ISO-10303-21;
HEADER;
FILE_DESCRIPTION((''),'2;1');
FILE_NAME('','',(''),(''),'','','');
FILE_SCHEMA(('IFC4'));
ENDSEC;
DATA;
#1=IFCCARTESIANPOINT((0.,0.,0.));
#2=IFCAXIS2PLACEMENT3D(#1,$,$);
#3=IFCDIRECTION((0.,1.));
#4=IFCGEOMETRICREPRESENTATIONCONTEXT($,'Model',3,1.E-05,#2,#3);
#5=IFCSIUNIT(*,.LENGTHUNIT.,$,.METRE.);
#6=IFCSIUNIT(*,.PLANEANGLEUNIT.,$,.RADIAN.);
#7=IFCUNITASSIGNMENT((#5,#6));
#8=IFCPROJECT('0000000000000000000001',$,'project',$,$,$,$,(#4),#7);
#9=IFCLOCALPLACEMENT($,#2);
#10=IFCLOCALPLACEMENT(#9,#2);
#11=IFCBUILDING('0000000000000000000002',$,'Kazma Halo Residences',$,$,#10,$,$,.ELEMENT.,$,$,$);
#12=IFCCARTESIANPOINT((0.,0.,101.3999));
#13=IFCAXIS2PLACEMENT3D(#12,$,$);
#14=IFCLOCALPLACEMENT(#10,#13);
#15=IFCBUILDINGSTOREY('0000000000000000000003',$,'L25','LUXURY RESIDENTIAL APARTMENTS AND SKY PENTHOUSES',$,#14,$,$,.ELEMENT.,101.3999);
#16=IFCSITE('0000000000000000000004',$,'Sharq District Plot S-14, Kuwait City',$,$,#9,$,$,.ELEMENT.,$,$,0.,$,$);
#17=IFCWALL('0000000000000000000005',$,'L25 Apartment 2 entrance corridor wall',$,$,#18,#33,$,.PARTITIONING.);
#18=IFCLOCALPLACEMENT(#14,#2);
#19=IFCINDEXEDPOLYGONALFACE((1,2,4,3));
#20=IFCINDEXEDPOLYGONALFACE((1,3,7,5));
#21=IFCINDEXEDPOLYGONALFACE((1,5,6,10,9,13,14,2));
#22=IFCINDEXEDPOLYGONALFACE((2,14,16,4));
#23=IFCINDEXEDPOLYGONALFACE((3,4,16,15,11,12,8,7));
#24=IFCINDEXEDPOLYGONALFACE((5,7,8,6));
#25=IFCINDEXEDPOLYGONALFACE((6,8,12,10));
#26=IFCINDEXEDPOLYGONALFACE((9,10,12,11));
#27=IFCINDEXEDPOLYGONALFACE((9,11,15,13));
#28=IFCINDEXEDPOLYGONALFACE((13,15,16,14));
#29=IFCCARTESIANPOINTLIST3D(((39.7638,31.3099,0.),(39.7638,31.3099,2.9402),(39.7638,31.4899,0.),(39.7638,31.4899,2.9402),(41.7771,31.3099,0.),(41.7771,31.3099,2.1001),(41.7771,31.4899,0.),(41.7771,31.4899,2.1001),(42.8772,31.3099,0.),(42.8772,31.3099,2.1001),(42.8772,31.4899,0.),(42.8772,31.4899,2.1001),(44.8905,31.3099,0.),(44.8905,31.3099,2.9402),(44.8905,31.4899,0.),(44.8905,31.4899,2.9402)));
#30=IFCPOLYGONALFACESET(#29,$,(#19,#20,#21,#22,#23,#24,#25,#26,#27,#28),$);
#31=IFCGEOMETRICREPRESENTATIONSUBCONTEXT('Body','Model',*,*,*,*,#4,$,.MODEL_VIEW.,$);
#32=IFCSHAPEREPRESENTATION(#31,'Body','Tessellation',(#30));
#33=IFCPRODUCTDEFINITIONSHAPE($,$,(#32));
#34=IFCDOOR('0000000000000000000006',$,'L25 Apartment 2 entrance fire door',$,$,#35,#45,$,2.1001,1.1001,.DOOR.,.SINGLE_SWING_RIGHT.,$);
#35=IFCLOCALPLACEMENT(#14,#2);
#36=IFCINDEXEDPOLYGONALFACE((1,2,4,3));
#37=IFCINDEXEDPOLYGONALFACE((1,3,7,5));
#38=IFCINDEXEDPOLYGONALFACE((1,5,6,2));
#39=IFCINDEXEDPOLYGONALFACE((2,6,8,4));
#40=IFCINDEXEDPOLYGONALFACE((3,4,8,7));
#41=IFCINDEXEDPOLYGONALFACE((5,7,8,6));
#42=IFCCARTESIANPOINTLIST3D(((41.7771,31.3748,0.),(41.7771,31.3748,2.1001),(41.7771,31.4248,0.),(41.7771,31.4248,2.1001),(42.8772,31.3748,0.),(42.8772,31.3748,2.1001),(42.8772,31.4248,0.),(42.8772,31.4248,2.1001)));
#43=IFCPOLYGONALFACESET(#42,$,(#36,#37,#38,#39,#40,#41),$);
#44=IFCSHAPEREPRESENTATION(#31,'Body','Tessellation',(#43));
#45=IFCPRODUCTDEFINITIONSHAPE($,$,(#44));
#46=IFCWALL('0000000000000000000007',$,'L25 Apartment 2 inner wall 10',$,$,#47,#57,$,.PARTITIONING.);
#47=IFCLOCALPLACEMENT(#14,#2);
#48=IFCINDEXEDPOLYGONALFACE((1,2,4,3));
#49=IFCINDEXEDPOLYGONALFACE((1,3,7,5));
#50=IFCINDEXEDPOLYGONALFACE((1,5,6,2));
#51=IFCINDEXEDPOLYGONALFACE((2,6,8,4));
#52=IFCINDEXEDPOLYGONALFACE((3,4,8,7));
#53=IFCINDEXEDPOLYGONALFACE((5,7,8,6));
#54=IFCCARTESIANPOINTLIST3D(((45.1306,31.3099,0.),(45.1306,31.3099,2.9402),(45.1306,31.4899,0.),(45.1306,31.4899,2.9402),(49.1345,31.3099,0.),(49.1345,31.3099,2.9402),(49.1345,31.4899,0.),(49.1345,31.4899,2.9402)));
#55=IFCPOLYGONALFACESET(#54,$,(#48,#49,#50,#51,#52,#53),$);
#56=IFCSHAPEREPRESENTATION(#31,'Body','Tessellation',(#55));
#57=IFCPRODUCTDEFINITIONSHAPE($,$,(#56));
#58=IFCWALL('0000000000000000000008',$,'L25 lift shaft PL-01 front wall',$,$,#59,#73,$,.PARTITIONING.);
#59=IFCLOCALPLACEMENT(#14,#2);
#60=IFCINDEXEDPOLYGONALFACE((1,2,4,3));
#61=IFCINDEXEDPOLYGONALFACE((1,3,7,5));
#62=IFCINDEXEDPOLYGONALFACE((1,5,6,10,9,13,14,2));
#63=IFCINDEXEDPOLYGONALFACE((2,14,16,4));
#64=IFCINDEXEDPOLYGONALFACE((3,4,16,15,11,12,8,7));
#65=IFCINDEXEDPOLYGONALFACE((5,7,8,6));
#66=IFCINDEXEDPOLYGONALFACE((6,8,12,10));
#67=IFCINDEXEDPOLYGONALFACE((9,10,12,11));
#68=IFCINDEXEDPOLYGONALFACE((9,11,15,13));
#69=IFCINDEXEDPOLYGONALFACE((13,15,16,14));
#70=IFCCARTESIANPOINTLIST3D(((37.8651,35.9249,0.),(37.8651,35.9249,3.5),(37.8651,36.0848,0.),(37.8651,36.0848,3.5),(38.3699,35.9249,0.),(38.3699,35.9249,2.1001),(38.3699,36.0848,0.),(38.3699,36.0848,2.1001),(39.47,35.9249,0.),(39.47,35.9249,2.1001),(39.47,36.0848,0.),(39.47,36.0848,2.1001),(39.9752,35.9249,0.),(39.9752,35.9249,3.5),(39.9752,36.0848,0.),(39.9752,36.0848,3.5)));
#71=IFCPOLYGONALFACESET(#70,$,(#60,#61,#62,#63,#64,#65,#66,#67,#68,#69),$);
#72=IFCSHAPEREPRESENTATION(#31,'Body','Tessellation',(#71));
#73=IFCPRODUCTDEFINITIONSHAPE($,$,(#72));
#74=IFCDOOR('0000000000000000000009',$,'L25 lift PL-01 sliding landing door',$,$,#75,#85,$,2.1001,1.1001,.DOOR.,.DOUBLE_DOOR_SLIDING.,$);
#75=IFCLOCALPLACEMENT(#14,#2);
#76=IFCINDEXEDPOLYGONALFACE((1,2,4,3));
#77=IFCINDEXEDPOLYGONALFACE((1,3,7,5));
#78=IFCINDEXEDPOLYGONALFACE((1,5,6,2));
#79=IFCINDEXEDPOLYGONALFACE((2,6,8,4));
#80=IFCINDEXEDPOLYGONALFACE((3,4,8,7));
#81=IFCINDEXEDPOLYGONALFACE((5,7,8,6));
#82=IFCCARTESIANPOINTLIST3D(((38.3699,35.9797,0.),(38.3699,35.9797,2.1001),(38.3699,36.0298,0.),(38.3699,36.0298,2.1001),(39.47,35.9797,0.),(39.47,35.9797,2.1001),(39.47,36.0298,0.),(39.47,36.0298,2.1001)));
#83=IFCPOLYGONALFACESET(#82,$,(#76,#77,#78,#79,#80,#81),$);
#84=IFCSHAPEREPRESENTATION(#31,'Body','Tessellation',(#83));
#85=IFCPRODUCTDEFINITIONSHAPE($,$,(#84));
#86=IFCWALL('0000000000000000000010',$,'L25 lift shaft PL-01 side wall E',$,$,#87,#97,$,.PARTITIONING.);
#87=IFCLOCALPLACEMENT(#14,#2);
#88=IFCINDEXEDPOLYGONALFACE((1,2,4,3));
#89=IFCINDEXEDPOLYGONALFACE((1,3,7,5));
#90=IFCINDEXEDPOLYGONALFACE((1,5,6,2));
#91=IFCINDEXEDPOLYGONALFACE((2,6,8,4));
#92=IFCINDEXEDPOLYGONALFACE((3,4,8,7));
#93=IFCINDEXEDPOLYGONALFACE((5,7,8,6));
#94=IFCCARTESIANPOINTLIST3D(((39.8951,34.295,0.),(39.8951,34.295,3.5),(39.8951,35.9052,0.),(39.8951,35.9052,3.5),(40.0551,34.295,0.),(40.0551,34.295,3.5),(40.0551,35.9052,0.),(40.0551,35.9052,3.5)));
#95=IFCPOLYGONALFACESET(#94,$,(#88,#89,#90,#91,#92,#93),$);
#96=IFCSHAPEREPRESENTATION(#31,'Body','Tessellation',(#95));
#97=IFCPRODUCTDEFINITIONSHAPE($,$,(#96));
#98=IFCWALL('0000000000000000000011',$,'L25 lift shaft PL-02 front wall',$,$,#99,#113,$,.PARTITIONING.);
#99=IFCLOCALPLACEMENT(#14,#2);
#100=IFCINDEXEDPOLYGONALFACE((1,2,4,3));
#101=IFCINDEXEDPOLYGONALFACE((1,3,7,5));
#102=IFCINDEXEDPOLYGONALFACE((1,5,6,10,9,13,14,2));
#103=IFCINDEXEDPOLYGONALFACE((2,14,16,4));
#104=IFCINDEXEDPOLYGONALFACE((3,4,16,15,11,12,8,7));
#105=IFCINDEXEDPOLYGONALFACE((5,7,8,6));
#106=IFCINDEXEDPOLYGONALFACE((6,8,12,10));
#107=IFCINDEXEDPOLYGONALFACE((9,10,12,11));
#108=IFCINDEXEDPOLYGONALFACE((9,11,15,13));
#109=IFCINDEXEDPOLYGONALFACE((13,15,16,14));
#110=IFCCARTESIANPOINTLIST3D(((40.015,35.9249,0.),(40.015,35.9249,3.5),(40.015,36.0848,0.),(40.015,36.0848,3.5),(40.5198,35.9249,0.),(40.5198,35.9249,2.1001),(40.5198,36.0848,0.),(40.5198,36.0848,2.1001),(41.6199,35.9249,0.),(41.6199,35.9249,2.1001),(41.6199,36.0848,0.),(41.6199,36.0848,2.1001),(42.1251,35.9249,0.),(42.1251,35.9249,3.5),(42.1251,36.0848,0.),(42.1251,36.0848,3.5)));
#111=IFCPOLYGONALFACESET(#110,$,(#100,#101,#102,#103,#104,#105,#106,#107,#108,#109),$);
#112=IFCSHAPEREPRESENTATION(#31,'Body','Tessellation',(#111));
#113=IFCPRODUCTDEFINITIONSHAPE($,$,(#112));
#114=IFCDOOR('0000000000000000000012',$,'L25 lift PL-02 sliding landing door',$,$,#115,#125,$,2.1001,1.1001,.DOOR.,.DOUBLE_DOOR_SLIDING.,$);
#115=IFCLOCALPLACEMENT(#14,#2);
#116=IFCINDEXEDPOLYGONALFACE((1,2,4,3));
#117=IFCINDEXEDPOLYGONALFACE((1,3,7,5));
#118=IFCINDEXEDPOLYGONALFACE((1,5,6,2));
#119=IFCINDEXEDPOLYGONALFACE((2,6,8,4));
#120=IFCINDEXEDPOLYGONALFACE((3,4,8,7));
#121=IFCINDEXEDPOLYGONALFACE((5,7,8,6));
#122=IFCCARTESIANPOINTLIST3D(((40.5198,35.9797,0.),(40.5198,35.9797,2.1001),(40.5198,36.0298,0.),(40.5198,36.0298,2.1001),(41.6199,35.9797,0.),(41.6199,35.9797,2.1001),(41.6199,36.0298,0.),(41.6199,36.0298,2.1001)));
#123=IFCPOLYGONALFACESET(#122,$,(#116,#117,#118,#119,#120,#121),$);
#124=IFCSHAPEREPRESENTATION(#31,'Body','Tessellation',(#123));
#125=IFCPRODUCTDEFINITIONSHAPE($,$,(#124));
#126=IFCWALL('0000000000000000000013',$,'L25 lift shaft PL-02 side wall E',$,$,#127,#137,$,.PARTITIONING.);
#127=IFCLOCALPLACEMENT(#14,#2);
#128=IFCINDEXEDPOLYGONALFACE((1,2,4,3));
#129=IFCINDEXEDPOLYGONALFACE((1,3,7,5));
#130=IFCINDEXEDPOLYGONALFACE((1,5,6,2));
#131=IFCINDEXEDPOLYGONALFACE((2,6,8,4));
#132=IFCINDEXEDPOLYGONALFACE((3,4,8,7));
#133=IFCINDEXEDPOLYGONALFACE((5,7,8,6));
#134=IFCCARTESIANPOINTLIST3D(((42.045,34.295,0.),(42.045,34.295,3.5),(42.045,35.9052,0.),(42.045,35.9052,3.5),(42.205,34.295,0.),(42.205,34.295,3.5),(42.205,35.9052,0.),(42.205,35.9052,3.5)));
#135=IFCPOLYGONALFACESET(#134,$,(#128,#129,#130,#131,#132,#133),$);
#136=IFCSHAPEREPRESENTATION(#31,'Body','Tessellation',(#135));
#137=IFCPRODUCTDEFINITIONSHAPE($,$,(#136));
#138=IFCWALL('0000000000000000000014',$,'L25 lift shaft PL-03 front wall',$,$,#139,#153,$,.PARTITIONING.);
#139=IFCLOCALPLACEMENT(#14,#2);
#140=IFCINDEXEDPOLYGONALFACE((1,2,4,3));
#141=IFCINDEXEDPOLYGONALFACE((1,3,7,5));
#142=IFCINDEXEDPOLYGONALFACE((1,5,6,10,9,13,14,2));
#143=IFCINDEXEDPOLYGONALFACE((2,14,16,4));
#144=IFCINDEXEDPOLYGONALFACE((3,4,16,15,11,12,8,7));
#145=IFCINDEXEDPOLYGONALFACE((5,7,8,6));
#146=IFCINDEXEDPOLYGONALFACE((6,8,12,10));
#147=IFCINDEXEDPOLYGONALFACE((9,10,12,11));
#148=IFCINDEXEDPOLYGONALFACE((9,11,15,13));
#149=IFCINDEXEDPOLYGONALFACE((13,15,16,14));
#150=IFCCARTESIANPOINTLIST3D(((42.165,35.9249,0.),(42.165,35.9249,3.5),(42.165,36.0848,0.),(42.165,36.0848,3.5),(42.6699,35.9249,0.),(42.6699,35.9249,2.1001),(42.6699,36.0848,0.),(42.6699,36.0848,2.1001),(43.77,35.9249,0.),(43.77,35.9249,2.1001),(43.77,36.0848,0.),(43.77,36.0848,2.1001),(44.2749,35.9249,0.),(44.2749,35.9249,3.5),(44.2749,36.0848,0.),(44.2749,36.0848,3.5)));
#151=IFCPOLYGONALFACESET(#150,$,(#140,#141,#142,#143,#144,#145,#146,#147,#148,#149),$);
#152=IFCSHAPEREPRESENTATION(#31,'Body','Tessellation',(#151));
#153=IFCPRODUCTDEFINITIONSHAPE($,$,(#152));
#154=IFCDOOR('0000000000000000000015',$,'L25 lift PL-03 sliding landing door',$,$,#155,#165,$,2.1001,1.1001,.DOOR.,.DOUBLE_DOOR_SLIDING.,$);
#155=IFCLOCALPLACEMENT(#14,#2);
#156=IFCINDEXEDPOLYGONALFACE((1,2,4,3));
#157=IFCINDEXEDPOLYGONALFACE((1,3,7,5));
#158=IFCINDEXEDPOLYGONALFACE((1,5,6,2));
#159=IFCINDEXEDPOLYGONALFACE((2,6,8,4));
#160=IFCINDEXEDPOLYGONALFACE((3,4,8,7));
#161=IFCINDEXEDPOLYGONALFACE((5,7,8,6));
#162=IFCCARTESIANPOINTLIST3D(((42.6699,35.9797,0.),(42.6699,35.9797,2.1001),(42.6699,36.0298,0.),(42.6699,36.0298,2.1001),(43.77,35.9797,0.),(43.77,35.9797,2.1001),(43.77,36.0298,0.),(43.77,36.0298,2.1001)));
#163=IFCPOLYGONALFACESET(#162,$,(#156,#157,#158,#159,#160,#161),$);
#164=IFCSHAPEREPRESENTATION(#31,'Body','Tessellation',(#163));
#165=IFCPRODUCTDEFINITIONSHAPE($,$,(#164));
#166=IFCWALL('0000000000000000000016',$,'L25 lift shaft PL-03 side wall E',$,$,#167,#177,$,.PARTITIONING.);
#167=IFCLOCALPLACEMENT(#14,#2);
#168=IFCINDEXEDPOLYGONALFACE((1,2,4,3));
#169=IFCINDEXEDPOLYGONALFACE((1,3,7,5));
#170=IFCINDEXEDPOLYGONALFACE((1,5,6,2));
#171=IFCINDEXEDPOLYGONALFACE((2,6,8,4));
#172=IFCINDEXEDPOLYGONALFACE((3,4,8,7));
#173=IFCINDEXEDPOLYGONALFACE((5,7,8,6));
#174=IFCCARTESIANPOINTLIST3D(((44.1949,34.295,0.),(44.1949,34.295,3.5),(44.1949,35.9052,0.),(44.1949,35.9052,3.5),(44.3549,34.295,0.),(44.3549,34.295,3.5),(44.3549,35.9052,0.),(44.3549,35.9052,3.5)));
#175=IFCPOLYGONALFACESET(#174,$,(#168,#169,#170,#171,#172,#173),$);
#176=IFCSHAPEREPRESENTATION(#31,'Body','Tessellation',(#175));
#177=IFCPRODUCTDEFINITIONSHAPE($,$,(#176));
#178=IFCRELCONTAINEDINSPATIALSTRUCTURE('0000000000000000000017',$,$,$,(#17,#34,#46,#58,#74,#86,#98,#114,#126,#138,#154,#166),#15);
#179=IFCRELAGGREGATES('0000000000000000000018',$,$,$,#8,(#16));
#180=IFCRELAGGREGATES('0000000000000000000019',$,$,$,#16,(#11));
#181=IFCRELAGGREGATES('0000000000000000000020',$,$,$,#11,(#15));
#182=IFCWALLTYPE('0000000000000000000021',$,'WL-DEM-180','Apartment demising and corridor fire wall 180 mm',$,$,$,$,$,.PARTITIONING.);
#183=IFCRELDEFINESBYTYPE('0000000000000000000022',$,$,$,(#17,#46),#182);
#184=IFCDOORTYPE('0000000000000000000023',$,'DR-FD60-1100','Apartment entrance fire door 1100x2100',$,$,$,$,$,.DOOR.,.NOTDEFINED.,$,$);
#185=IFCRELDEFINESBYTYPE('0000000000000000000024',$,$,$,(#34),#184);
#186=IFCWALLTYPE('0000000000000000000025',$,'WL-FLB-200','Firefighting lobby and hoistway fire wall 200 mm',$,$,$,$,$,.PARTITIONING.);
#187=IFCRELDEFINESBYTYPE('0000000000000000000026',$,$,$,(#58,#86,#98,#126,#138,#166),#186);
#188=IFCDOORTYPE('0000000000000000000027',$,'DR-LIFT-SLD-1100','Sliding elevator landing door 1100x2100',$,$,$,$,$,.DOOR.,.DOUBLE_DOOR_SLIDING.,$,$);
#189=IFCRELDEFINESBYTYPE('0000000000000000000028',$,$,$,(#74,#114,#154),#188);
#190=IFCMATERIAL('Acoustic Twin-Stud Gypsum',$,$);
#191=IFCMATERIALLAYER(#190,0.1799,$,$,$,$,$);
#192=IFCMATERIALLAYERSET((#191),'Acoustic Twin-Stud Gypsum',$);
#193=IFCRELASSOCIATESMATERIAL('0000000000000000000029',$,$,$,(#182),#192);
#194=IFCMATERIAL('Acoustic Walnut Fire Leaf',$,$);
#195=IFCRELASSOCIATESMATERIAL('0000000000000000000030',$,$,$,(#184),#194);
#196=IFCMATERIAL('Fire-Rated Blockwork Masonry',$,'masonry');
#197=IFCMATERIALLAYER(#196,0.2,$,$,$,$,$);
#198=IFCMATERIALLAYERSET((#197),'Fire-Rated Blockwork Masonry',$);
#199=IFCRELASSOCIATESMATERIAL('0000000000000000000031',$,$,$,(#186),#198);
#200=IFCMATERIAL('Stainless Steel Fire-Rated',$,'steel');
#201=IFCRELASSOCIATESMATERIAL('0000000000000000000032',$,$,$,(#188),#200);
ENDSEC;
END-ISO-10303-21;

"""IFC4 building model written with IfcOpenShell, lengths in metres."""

from ifc_helpers import new_model, si_unit, direction, frame, frame_2d, origin, place, context, subcontext, project, spatial, rectangle, extrude, material, layer, layer_set, type_object, element, fill, save


model = new_model("IFC4")

# Units and contexts
model_context = context("Model", 3, precision=1e-05, world=origin(), true_north=direction((0.0, 1.0)))
body_context = subcontext(model_context, "Body", "Model", "MODEL_VIEW")
ifc_project = project(units=[si_unit("LENGTHUNIT", "METRE"), si_unit("PLANEANGLEUNIT", "RADIAN")], contexts=[model_context])

# Site, building, storey
site_placement = place(None, origin())
site = spatial("IfcSite", under=ifc_project, at=site_placement, Name="Sharq District Plot S-14, Kuwait City", CompositionType="ELEMENT", RefElevation=0.0)
building_placement = place(site_placement, origin())
building = spatial("IfcBuilding", under=site, at=building_placement, Name="Kazma Halo Residences", CompositionType="ELEMENT")
storey_placement = place(building_placement, frame((0.0, 0.0, 101.3999)))
storey = spatial("IfcBuildingStorey", under=building, at=storey_placement, Name="L25", Description="LUXURY RESIDENTIAL APARTMENTS AND SKY PENTHOUSES", CompositionType="ELEMENT", Elevation=101.3999)

# Shared definitions
ifc_material_1 = material(Name="Acoustic Twin-Stud Gypsum")
ifc_layer_1 = layer(ifc_material_1, 0.1799)
ifc_layer_set_1 = layer_set([ifc_layer_1], Name="Acoustic Twin-Stud Gypsum")
wall_type_1 = type_object("IfcWallType", Name="WL-DEM-180", Description="Apartment demising and corridor fire wall 180 mm", PredefinedType="PARTITIONING", material=ifc_layer_set_1)

# Wall, opening, door
wall_1_placement = place(storey_placement, frame((39.7637, 31.3999, 0.0), z_axis=(0.0, 0.0, 1.0), x_axis=(1.0, 0.0, 0.0)))
wall_1 = element("IfcWall", 1, at=wall_1_placement, inside=storey, type_object=wall_type_1, Name="L25 Apartment 2 entrance corridor wall", PredefinedType="PARTITIONING", context=body_context, shape_type="SweptSolid", body=[
    extrude(rectangle(XDim=5.1267, YDim=0.1799, at=frame_2d((2.5635, 0.0))), origin(), (0.0, 0.0, 1.0), 2.9402),
])
opening_1_placement = place(wall_1_placement, frame((2.0134, 0.0, 0.0)))
opening_1 = element("IfcOpeningElement", 2, at=opening_1_placement, cuts=wall_1, PredefinedType="OPENING", context=body_context, shape_type="SweptSolid", body=[
    extrude(rectangle(XDim=1.1001, YDim=2.1001, at=frame_2d((0.55, 1.05))), frame((0.0, 0.0999, 0.0), z_axis=(0.0, -1.0, 0.0), x_axis=(1.0, 0.0, 0.0)), (0.0, 0.0, 1.0), 0.2),
])
ifc_material_2 = material(Name="Acoustic Walnut Fire Leaf")
door_type_1 = type_object("IfcDoorType", Name="DR-FD60-1100", Description="Apartment entrance fire door 1100x2100", OperationType="NOTDEFINED", PredefinedType="DOOR", material=ifc_material_2)
door_1_placement = place(opening_1_placement, origin())
door_1 = element("IfcDoor", 3, at=door_1_placement, inside=storey, type_object=door_type_1, Name="L25 Apartment 2 entrance fire door", OperationType="SINGLE_SWING_RIGHT", OverallHeight=2.1001, OverallWidth=1.1001, PredefinedType="DOOR", context=body_context, shape_type="SweptSolid", body=[
    extrude(rectangle(XDim=1.1001, YDim=2.1001, at=frame_2d((0.55, 1.05))), frame((0.0, 0.0249, 0.0), z_axis=(0.0, -1.0, 0.0), x_axis=(1.0, 0.0, 0.0)), (0.0, 0.0, 1.0), 0.05),
])
fill(opening_1, door_1)

# Wall
wall_2_placement = place(storey_placement, frame((45.1306, 31.3999, 0.0), z_axis=(0.0, 0.0, 1.0), x_axis=(1.0, 0.0, 0.0)))
element("IfcWall", 4, at=wall_2_placement, inside=storey, type_object=wall_type_1, Name="L25 Apartment 2 inner wall 10", PredefinedType="PARTITIONING", context=body_context, shape_type="SweptSolid", body=[
    extrude(rectangle(XDim=4.0039, YDim=0.1799, at=frame_2d((2.002, 0.0))), origin(), (0.0, 0.0, 1.0), 2.9402),
])

# Wall, opening, door
ifc_material_3 = material(Name="Fire-Rated Blockwork Masonry", Category="masonry")
ifc_layer_2 = layer(ifc_material_3, 0.2)
ifc_layer_set_2 = layer_set([ifc_layer_2], Name="Fire-Rated Blockwork Masonry")
wall_type_2 = type_object("IfcWallType", Name="WL-FLB-200", Description="Firefighting lobby and hoistway fire wall 200 mm", PredefinedType="PARTITIONING", material=ifc_layer_set_2)
wall_3_placement = place(storey_placement, frame((37.865, 36.0049, 0.0), z_axis=(0.0, 0.0, 1.0), x_axis=(1.0, 0.0, 0.0)))
wall_3 = element("IfcWall", 5, at=wall_3_placement, inside=storey, type_object=wall_type_2, Name="L25 lift shaft PL-01 front wall", PredefinedType="PARTITIONING", context=body_context, shape_type="SweptSolid", body=[
    extrude(rectangle(XDim=2.1101, YDim=0.1599, at=frame_2d((1.0552, 0.0))), origin(), (0.0, 0.0, 1.0), 3.5),
])
opening_2_placement = place(wall_3_placement, frame((0.5049, 0.0, 0.0)))
opening_2 = element("IfcOpeningElement", 6, at=opening_2_placement, cuts=wall_3, PredefinedType="OPENING", context=body_context, shape_type="SweptSolid", body=[
    extrude(rectangle(XDim=1.1001, YDim=2.1001, at=frame_2d((0.55, 1.05))), frame((0.0, 0.0898, 0.0), z_axis=(0.0, -1.0, 0.0), x_axis=(1.0, 0.0, 0.0)), (0.0, 0.0, 1.0), 0.1799),
])
ifc_material_4 = material(Name="Stainless Steel Fire-Rated", Category="steel")
door_type_2 = type_object("IfcDoorType", Name="DR-LIFT-SLD-1100", Description="Sliding elevator landing door 1100x2100", OperationType="DOUBLE_DOOR_SLIDING", PredefinedType="DOOR", material=ifc_material_4)
door_2_placement = place(opening_2_placement, origin())
door_2 = element("IfcDoor", 7, at=door_2_placement, inside=storey, type_object=door_type_2, Name="L25 lift PL-01 sliding landing door", OperationType="DOUBLE_DOOR_SLIDING", OverallHeight=2.1001, OverallWidth=1.1001, PredefinedType="DOOR", context=body_context, shape_type="SweptSolid", body=[
    extrude(rectangle(XDim=1.1001, YDim=2.1001, at=frame_2d((0.55, 1.05))), frame((0.0, 0.0249, 0.0), z_axis=(0.0, -1.0, 0.0), x_axis=(1.0, 0.0, 0.0)), (0.0, 0.0, 1.0), 0.05),
])
fill(opening_2, door_2)

# Wall
wall_4_placement = place(storey_placement, frame((39.9751, 34.2949, 0.0), z_axis=(0.0, 0.0, 1.0), x_axis=(0.0, 1.0, 0.0)))
element("IfcWall", 8, at=wall_4_placement, inside=storey, type_object=wall_type_2, Name="L25 lift shaft PL-01 side wall E", PredefinedType="PARTITIONING", context=body_context, shape_type="SweptSolid", body=[
    extrude(rectangle(XDim=1.6101, YDim=0.1599, at=frame_2d((0.8052, 0.0))), origin(), (0.0, 0.0, 1.0), 3.5),
])

# Wall, opening, door
wall_5_placement = place(storey_placement, frame((40.0149, 36.0049, 0.0), z_axis=(0.0, 0.0, 1.0), x_axis=(1.0, 0.0, 0.0)))
wall_5 = element("IfcWall", 9, at=wall_5_placement, inside=storey, type_object=wall_type_2, Name="L25 lift shaft PL-02 front wall", PredefinedType="PARTITIONING", context=body_context, shape_type="SweptSolid", body=[
    extrude(rectangle(XDim=2.1101, YDim=0.1599, at=frame_2d((1.0552, 0.0))), origin(), (0.0, 0.0, 1.0), 3.5),
])
opening_3_placement = place(wall_5_placement, frame((0.5049, 0.0, 0.0)))
opening_3 = element("IfcOpeningElement", 10, at=opening_3_placement, cuts=wall_5, PredefinedType="OPENING", context=body_context, shape_type="SweptSolid", body=[
    extrude(rectangle(XDim=1.1001, YDim=2.1001, at=frame_2d((0.55, 1.05))), frame((0.0, 0.0898, 0.0), z_axis=(0.0, -1.0, 0.0), x_axis=(1.0, 0.0, 0.0)), (0.0, 0.0, 1.0), 0.1799),
])
door_3_placement = place(opening_3_placement, origin())
door_3 = element("IfcDoor", 11, at=door_3_placement, inside=storey, type_object=door_type_2, Name="L25 lift PL-02 sliding landing door", OperationType="DOUBLE_DOOR_SLIDING", OverallHeight=2.1001, OverallWidth=1.1001, PredefinedType="DOOR", context=body_context, shape_type="SweptSolid", body=[
    extrude(rectangle(XDim=1.1001, YDim=2.1001, at=frame_2d((0.55, 1.05))), frame((0.0, 0.0249, 0.0), z_axis=(0.0, -1.0, 0.0), x_axis=(1.0, 0.0, 0.0)), (0.0, 0.0, 1.0), 0.05),
])
fill(opening_3, door_3)

# Wall
wall_6_placement = place(storey_placement, frame((42.125, 34.2949, 0.0), z_axis=(0.0, 0.0, 1.0), x_axis=(0.0, 1.0, 0.0)))
element("IfcWall", 12, at=wall_6_placement, inside=storey, type_object=wall_type_2, Name="L25 lift shaft PL-02 side wall E", PredefinedType="PARTITIONING", context=body_context, shape_type="SweptSolid", body=[
    extrude(rectangle(XDim=1.6101, YDim=0.1599, at=frame_2d((0.8052, 0.0))), origin(), (0.0, 0.0, 1.0), 3.5),
])

# Wall, opening, door
wall_7_placement = place(storey_placement, frame((42.165, 36.0049, 0.0), z_axis=(0.0, 0.0, 1.0), x_axis=(1.0, 0.0, 0.0)))
wall_7 = element("IfcWall", 13, at=wall_7_placement, inside=storey, type_object=wall_type_2, Name="L25 lift shaft PL-03 front wall", PredefinedType="PARTITIONING", context=body_context, shape_type="SweptSolid", body=[
    extrude(rectangle(XDim=2.1099, YDim=0.1599, at=frame_2d((1.0549, 0.0))), origin(), (0.0, 0.0, 1.0), 3.5),
])
opening_4_placement = place(wall_7_placement, frame((0.5049, 0.0, 0.0)))
opening_4 = element("IfcOpeningElement", 14, at=opening_4_placement, cuts=wall_7, PredefinedType="OPENING", context=body_context, shape_type="SweptSolid", body=[
    extrude(rectangle(XDim=1.1001, YDim=2.1001, at=frame_2d((0.55, 1.05))), frame((0.0, 0.0898, 0.0), z_axis=(0.0, -1.0, 0.0), x_axis=(1.0, 0.0, 0.0)), (0.0, 0.0, 1.0), 0.1799),
])
door_4_placement = place(opening_4_placement, origin())
door_4 = element("IfcDoor", 15, at=door_4_placement, inside=storey, type_object=door_type_2, Name="L25 lift PL-03 sliding landing door", OperationType="DOUBLE_DOOR_SLIDING", OverallHeight=2.1001, OverallWidth=1.1001, PredefinedType="DOOR", context=body_context, shape_type="SweptSolid", body=[
    extrude(rectangle(XDim=1.1001, YDim=2.1001, at=frame_2d((0.55, 1.05))), frame((0.0, 0.0249, 0.0), z_axis=(0.0, -1.0, 0.0), x_axis=(1.0, 0.0, 0.0)), (0.0, 0.0, 1.0), 0.05),
])
fill(opening_4, door_4)

# Wall
wall_8_placement = place(storey_placement, frame((44.2749, 34.2949, 0.0), z_axis=(0.0, 0.0, 1.0), x_axis=(0.0, 1.0, 0.0)))
element("IfcWall", 16, at=wall_8_placement, inside=storey, type_object=wall_type_2, Name="L25 lift shaft PL-03 side wall E", PredefinedType="PARTITIONING", context=body_context, shape_type="SweptSolid", body=[
    extrude(rectangle(XDim=1.6101, YDim=0.1599, at=frame_2d((0.8052, 0.0))), origin(), (0.0, 0.0, 1.0), 3.5),
])

save(model, "model.ifc")
